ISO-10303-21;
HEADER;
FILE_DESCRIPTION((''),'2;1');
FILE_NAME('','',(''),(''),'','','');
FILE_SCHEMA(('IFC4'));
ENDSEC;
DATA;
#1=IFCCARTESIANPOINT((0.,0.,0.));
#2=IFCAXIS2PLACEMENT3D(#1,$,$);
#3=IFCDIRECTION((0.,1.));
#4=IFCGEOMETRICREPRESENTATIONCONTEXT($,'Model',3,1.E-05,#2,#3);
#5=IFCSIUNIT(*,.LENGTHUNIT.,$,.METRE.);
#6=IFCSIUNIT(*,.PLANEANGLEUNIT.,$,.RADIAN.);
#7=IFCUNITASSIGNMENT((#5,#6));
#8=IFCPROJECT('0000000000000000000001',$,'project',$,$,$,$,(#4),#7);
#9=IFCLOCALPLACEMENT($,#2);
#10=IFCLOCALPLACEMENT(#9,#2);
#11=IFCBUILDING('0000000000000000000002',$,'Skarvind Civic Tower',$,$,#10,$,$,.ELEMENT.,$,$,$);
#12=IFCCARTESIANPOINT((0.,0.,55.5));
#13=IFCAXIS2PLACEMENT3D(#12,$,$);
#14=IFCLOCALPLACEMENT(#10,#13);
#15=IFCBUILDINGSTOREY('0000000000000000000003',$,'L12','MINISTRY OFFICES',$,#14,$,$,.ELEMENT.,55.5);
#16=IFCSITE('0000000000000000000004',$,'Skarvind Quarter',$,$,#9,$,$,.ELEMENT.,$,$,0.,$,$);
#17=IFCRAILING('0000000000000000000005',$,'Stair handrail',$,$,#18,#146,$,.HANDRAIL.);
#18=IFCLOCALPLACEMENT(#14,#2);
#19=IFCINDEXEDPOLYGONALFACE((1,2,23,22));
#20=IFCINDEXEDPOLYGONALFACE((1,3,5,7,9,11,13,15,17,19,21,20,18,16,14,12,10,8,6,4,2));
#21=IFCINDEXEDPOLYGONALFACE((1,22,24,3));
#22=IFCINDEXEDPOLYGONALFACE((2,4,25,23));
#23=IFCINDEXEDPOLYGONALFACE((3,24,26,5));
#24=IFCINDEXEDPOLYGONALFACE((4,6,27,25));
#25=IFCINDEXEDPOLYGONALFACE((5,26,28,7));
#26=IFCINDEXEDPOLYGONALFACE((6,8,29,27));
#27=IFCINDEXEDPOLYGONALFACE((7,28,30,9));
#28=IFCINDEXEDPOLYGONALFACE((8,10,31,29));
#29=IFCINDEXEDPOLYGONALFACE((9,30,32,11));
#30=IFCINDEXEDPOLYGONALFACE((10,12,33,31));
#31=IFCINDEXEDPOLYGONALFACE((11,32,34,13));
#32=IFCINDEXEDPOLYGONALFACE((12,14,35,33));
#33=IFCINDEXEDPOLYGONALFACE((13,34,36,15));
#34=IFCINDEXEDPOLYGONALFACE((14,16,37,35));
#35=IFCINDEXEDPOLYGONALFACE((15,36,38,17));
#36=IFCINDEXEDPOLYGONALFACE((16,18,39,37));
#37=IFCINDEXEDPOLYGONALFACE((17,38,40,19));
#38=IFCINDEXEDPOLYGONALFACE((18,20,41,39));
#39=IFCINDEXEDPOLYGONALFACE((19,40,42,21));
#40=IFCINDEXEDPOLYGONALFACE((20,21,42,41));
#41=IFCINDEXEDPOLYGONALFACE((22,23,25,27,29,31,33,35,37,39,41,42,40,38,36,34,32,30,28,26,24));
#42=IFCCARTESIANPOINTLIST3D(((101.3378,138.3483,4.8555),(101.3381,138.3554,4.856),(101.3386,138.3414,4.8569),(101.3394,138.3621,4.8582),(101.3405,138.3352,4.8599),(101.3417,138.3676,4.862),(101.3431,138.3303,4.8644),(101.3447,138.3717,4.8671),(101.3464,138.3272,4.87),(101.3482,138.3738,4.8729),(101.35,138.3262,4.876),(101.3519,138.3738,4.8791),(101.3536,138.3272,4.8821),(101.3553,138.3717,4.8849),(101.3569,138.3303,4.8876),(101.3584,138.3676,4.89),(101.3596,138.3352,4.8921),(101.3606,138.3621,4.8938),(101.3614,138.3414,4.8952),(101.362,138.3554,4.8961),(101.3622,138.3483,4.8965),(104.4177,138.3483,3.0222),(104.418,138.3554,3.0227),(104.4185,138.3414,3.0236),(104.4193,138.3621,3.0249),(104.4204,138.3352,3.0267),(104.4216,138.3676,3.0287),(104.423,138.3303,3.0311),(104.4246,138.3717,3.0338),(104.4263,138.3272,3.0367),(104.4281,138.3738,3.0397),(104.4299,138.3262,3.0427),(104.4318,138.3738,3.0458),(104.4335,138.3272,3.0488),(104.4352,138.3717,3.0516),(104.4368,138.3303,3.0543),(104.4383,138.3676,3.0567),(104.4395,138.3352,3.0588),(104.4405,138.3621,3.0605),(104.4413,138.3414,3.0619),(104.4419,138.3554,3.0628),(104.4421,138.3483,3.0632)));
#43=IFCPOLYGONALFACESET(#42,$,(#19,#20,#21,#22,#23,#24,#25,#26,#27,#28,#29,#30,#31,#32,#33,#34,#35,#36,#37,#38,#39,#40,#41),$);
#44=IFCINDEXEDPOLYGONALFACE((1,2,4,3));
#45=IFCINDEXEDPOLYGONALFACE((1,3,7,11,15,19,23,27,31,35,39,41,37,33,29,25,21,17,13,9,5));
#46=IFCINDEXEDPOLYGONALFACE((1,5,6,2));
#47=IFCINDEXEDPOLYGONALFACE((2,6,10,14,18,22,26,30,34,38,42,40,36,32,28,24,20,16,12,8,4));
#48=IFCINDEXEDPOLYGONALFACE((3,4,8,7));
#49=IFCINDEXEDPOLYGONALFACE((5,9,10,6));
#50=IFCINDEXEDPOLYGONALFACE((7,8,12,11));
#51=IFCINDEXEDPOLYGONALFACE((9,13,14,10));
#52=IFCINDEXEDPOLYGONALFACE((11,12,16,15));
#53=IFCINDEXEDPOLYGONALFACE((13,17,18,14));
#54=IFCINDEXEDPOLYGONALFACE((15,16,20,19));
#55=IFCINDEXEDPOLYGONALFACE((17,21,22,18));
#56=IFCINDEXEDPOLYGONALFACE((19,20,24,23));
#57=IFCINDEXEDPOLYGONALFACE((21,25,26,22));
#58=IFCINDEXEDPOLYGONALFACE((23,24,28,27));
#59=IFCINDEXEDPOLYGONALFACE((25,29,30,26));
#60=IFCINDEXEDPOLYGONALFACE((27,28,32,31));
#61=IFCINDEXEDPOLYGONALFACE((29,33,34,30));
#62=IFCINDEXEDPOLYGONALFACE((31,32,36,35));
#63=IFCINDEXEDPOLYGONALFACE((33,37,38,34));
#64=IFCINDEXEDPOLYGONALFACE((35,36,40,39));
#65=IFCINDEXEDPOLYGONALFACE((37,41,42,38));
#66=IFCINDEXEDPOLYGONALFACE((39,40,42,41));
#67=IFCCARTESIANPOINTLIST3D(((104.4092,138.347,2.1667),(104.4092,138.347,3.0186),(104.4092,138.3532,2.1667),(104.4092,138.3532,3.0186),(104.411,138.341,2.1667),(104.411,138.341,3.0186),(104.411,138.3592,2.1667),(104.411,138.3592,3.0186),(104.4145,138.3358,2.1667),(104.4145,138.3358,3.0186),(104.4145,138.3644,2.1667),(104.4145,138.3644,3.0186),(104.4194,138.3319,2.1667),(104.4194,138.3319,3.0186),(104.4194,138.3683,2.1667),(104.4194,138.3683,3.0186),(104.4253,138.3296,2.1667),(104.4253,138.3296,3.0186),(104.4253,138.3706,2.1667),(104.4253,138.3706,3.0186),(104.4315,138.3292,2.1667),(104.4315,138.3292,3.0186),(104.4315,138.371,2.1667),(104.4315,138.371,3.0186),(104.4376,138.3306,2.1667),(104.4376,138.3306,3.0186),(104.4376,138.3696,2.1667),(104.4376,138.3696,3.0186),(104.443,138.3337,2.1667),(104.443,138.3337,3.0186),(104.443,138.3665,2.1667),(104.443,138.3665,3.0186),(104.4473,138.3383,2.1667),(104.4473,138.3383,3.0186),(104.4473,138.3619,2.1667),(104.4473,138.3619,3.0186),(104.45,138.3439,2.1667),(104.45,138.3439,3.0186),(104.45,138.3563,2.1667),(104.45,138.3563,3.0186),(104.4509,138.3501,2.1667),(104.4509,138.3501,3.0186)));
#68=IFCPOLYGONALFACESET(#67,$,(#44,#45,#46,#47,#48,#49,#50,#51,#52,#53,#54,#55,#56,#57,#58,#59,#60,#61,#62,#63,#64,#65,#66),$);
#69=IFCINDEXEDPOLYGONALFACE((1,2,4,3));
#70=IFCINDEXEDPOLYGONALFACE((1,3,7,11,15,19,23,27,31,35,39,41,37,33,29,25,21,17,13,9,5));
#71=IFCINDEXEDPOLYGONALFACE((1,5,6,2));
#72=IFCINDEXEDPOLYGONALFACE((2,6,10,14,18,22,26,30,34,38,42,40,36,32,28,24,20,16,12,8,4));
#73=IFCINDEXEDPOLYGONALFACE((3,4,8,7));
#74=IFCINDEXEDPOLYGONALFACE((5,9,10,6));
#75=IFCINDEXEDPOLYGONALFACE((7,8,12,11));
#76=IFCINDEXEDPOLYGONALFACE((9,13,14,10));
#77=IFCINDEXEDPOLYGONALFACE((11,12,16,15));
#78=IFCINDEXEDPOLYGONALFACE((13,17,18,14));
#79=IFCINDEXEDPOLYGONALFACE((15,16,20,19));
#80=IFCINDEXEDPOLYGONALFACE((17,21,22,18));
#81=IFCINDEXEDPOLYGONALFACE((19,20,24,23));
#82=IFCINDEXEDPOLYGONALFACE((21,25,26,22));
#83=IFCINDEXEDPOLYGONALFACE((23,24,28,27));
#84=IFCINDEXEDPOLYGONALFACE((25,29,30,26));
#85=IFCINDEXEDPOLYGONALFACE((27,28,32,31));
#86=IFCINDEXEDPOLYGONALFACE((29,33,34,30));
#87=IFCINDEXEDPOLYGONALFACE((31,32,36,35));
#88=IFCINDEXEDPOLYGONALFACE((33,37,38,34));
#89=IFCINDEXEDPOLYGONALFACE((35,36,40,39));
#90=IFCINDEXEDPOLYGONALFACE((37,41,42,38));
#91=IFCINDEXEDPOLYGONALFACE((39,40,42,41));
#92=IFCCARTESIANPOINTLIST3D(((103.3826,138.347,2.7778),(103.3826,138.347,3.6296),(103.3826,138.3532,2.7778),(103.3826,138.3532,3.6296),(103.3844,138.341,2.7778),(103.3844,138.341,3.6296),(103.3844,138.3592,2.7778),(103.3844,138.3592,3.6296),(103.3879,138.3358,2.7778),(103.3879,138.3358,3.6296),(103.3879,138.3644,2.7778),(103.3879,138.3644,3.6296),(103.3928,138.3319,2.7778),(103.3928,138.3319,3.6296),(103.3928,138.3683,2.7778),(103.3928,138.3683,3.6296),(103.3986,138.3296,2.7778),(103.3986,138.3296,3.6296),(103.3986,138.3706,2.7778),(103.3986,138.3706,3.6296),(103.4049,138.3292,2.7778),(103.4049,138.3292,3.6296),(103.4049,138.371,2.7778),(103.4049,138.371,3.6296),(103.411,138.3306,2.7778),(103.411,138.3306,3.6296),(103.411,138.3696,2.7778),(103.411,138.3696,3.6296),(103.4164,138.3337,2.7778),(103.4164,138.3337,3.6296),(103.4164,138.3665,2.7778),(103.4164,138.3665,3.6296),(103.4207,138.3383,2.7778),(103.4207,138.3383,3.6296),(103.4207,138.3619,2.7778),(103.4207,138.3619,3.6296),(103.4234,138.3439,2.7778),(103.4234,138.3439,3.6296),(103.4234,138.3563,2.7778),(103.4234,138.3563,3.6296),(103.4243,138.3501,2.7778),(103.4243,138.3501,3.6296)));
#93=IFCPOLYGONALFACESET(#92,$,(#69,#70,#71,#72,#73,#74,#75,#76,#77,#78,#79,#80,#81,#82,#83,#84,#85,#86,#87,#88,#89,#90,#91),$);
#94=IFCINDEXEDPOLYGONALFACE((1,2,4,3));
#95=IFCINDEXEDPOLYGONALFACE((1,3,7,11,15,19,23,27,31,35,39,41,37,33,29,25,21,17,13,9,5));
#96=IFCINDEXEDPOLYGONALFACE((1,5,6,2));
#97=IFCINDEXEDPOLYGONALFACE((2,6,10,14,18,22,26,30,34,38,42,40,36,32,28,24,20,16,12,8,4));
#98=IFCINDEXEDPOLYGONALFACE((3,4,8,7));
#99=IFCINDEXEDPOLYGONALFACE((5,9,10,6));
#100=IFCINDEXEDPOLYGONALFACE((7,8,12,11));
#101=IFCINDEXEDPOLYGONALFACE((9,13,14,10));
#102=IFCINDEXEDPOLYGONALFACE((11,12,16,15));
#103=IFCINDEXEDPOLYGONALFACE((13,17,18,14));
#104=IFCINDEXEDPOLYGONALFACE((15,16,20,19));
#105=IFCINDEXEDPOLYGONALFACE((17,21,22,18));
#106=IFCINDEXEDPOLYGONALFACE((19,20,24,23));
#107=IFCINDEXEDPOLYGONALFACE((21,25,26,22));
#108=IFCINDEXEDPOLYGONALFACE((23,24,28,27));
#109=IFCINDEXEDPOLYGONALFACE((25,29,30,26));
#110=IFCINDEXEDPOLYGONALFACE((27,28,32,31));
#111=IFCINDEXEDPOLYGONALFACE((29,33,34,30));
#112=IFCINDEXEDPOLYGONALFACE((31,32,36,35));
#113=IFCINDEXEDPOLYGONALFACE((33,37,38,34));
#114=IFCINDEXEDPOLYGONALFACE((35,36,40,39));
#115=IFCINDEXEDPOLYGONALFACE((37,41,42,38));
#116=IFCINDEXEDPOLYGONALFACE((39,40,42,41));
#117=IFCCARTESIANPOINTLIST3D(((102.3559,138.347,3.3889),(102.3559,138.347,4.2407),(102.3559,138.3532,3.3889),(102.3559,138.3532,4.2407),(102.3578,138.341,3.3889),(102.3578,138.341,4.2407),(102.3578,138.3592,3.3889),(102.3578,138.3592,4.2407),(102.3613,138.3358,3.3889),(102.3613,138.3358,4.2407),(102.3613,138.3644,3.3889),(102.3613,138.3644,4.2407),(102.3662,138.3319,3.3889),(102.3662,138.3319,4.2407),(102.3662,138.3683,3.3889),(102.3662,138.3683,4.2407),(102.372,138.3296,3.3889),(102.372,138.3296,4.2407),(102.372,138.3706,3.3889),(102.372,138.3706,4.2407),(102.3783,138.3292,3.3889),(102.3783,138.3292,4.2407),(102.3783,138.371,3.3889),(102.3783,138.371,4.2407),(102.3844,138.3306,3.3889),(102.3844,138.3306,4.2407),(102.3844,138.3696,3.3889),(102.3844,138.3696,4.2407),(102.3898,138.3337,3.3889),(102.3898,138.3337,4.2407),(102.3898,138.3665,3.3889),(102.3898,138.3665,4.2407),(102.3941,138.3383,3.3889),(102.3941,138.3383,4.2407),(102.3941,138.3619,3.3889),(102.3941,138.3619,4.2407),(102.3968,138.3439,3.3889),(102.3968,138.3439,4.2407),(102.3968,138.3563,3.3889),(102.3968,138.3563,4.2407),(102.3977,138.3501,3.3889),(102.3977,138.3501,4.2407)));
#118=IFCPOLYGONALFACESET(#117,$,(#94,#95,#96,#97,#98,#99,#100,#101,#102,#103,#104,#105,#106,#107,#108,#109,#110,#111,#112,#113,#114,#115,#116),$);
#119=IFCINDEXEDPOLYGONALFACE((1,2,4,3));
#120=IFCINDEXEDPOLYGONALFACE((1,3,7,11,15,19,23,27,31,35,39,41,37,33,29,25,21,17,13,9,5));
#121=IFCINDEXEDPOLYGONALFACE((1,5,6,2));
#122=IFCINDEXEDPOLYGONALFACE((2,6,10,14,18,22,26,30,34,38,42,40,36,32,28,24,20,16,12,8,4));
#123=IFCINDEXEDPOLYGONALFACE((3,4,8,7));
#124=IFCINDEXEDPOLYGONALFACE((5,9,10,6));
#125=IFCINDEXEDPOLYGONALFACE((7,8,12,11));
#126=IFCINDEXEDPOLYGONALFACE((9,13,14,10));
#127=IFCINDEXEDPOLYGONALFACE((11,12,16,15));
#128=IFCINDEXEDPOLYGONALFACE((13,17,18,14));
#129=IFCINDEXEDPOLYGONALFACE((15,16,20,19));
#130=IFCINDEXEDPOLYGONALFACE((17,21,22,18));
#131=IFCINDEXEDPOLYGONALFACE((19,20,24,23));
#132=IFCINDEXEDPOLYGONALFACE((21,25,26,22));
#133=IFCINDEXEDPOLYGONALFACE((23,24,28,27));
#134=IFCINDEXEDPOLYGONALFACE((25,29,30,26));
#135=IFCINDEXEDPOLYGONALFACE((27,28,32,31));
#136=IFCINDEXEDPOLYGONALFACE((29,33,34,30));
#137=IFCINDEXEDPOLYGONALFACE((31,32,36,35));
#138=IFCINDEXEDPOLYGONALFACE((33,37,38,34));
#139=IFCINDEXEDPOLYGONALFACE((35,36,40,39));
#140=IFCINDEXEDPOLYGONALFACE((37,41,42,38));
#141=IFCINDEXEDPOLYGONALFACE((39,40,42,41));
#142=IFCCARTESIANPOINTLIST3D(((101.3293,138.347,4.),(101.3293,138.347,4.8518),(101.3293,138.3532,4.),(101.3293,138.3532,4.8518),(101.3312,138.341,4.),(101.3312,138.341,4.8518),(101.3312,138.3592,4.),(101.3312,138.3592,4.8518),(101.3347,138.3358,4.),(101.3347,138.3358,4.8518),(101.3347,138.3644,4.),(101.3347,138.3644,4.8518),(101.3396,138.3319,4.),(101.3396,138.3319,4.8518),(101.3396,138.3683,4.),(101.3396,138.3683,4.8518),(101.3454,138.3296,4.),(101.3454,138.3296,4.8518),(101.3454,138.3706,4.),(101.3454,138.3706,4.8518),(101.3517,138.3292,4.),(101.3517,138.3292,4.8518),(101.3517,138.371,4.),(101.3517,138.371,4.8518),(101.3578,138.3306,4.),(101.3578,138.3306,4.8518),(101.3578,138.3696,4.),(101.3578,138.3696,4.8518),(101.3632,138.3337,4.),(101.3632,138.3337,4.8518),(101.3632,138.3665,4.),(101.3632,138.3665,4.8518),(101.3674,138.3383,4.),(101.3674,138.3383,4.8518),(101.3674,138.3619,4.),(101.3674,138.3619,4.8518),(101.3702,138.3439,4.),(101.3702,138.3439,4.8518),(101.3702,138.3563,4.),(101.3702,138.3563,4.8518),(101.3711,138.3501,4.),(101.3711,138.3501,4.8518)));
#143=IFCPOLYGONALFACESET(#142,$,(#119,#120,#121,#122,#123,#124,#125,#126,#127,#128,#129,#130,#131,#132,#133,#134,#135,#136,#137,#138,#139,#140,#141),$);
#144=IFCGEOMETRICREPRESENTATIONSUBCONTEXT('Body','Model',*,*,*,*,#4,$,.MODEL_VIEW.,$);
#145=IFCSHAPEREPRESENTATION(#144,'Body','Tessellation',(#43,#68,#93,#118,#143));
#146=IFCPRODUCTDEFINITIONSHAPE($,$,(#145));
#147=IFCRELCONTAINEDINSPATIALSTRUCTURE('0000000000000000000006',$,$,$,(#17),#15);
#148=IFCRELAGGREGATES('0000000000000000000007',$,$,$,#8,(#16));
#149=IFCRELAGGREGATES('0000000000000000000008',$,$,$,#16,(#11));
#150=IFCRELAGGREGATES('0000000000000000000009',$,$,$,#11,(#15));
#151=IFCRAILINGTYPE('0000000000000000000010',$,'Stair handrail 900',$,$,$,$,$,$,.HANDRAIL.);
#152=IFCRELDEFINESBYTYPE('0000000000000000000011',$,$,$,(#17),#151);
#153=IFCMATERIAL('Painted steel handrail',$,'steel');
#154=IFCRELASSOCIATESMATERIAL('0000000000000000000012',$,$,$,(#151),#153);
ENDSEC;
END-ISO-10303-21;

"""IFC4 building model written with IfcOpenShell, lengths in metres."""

from ifc_helpers import new_model, si_unit, direction, frame, origin, origin_2d, place, context, subcontext, project, spatial, circle, extrude, material, type_object, element, save


model = new_model("IFC4")

# Units and contexts
model_context = context("Model", 3, precision=1e-05, world=origin(), true_north=direction((0.0, 1.0)))
body_context = subcontext(model_context, "Body", "Model", "MODEL_VIEW")
ifc_project = project(units=[si_unit("LENGTHUNIT", "METRE"), si_unit("PLANEANGLEUNIT", "RADIAN")], contexts=[model_context])

# Site, building, storey
site_placement = place(None, origin())
site = spatial("IfcSite", under=ifc_project, at=site_placement, Name="Skarvind Quarter", CompositionType="ELEMENT", RefElevation=0.0)
building_placement = place(site_placement, origin())
building = spatial("IfcBuilding", under=site, at=building_placement, Name="Skarvind Civic Tower", CompositionType="ELEMENT")
storey_placement = place(building_placement, frame((0.0, 0.0, 55.5)))
storey = spatial("IfcBuildingStorey", under=building, at=storey_placement, Name="L12", Description="MINISTRY OFFICES", CompositionType="ELEMENT", Elevation=55.5)

# Railing
ifc_material_1 = material(Name="Painted steel handrail", Category="steel")
railing_type = type_object("IfcRailingType", Name="Stair handrail 900", PredefinedType="HANDRAIL", material=ifc_material_1)
railing_1_placement = place(storey_placement, frame((104.4299, 138.3501, 2.1667)))
element("IfcRailing", 1, at=railing_1_placement, inside=storey, type_object=railing_type, Name="Stair handrail", PredefinedType="HANDRAIL", context=body_context, shape_type="SweptSolid", body=[
    extrude(circle(Radius=0.0239, at=origin_2d()), frame((0.0, 0.0, 0.876), z_axis=(-0.859291, 0.0, 0.511487), x_axis=(0.0, -1.0, 0.0)), (0.0, 0.0, 1.0), 3.5842),
    extrude(circle(Radius=0.021, at=origin_2d()), origin(), (0.0, 0.0, 1.0), 0.8518),
    extrude(circle(Radius=0.021, at=origin_2d()), frame((-1.0266, 0.0, 0.6111)), (0.0, 0.0, 1.0), 0.8518),
    extrude(circle(Radius=0.021, at=origin_2d()), frame((-2.0532, 0.0, 1.2222)), (0.0, 0.0, 1.0), 0.8518),
    extrude(circle(Radius=0.021, at=origin_2d()), frame((-3.0798, 0.0, 1.8333)), (0.0, 0.0, 1.0), 0.8518),
])

save(model, "model.ifc")
